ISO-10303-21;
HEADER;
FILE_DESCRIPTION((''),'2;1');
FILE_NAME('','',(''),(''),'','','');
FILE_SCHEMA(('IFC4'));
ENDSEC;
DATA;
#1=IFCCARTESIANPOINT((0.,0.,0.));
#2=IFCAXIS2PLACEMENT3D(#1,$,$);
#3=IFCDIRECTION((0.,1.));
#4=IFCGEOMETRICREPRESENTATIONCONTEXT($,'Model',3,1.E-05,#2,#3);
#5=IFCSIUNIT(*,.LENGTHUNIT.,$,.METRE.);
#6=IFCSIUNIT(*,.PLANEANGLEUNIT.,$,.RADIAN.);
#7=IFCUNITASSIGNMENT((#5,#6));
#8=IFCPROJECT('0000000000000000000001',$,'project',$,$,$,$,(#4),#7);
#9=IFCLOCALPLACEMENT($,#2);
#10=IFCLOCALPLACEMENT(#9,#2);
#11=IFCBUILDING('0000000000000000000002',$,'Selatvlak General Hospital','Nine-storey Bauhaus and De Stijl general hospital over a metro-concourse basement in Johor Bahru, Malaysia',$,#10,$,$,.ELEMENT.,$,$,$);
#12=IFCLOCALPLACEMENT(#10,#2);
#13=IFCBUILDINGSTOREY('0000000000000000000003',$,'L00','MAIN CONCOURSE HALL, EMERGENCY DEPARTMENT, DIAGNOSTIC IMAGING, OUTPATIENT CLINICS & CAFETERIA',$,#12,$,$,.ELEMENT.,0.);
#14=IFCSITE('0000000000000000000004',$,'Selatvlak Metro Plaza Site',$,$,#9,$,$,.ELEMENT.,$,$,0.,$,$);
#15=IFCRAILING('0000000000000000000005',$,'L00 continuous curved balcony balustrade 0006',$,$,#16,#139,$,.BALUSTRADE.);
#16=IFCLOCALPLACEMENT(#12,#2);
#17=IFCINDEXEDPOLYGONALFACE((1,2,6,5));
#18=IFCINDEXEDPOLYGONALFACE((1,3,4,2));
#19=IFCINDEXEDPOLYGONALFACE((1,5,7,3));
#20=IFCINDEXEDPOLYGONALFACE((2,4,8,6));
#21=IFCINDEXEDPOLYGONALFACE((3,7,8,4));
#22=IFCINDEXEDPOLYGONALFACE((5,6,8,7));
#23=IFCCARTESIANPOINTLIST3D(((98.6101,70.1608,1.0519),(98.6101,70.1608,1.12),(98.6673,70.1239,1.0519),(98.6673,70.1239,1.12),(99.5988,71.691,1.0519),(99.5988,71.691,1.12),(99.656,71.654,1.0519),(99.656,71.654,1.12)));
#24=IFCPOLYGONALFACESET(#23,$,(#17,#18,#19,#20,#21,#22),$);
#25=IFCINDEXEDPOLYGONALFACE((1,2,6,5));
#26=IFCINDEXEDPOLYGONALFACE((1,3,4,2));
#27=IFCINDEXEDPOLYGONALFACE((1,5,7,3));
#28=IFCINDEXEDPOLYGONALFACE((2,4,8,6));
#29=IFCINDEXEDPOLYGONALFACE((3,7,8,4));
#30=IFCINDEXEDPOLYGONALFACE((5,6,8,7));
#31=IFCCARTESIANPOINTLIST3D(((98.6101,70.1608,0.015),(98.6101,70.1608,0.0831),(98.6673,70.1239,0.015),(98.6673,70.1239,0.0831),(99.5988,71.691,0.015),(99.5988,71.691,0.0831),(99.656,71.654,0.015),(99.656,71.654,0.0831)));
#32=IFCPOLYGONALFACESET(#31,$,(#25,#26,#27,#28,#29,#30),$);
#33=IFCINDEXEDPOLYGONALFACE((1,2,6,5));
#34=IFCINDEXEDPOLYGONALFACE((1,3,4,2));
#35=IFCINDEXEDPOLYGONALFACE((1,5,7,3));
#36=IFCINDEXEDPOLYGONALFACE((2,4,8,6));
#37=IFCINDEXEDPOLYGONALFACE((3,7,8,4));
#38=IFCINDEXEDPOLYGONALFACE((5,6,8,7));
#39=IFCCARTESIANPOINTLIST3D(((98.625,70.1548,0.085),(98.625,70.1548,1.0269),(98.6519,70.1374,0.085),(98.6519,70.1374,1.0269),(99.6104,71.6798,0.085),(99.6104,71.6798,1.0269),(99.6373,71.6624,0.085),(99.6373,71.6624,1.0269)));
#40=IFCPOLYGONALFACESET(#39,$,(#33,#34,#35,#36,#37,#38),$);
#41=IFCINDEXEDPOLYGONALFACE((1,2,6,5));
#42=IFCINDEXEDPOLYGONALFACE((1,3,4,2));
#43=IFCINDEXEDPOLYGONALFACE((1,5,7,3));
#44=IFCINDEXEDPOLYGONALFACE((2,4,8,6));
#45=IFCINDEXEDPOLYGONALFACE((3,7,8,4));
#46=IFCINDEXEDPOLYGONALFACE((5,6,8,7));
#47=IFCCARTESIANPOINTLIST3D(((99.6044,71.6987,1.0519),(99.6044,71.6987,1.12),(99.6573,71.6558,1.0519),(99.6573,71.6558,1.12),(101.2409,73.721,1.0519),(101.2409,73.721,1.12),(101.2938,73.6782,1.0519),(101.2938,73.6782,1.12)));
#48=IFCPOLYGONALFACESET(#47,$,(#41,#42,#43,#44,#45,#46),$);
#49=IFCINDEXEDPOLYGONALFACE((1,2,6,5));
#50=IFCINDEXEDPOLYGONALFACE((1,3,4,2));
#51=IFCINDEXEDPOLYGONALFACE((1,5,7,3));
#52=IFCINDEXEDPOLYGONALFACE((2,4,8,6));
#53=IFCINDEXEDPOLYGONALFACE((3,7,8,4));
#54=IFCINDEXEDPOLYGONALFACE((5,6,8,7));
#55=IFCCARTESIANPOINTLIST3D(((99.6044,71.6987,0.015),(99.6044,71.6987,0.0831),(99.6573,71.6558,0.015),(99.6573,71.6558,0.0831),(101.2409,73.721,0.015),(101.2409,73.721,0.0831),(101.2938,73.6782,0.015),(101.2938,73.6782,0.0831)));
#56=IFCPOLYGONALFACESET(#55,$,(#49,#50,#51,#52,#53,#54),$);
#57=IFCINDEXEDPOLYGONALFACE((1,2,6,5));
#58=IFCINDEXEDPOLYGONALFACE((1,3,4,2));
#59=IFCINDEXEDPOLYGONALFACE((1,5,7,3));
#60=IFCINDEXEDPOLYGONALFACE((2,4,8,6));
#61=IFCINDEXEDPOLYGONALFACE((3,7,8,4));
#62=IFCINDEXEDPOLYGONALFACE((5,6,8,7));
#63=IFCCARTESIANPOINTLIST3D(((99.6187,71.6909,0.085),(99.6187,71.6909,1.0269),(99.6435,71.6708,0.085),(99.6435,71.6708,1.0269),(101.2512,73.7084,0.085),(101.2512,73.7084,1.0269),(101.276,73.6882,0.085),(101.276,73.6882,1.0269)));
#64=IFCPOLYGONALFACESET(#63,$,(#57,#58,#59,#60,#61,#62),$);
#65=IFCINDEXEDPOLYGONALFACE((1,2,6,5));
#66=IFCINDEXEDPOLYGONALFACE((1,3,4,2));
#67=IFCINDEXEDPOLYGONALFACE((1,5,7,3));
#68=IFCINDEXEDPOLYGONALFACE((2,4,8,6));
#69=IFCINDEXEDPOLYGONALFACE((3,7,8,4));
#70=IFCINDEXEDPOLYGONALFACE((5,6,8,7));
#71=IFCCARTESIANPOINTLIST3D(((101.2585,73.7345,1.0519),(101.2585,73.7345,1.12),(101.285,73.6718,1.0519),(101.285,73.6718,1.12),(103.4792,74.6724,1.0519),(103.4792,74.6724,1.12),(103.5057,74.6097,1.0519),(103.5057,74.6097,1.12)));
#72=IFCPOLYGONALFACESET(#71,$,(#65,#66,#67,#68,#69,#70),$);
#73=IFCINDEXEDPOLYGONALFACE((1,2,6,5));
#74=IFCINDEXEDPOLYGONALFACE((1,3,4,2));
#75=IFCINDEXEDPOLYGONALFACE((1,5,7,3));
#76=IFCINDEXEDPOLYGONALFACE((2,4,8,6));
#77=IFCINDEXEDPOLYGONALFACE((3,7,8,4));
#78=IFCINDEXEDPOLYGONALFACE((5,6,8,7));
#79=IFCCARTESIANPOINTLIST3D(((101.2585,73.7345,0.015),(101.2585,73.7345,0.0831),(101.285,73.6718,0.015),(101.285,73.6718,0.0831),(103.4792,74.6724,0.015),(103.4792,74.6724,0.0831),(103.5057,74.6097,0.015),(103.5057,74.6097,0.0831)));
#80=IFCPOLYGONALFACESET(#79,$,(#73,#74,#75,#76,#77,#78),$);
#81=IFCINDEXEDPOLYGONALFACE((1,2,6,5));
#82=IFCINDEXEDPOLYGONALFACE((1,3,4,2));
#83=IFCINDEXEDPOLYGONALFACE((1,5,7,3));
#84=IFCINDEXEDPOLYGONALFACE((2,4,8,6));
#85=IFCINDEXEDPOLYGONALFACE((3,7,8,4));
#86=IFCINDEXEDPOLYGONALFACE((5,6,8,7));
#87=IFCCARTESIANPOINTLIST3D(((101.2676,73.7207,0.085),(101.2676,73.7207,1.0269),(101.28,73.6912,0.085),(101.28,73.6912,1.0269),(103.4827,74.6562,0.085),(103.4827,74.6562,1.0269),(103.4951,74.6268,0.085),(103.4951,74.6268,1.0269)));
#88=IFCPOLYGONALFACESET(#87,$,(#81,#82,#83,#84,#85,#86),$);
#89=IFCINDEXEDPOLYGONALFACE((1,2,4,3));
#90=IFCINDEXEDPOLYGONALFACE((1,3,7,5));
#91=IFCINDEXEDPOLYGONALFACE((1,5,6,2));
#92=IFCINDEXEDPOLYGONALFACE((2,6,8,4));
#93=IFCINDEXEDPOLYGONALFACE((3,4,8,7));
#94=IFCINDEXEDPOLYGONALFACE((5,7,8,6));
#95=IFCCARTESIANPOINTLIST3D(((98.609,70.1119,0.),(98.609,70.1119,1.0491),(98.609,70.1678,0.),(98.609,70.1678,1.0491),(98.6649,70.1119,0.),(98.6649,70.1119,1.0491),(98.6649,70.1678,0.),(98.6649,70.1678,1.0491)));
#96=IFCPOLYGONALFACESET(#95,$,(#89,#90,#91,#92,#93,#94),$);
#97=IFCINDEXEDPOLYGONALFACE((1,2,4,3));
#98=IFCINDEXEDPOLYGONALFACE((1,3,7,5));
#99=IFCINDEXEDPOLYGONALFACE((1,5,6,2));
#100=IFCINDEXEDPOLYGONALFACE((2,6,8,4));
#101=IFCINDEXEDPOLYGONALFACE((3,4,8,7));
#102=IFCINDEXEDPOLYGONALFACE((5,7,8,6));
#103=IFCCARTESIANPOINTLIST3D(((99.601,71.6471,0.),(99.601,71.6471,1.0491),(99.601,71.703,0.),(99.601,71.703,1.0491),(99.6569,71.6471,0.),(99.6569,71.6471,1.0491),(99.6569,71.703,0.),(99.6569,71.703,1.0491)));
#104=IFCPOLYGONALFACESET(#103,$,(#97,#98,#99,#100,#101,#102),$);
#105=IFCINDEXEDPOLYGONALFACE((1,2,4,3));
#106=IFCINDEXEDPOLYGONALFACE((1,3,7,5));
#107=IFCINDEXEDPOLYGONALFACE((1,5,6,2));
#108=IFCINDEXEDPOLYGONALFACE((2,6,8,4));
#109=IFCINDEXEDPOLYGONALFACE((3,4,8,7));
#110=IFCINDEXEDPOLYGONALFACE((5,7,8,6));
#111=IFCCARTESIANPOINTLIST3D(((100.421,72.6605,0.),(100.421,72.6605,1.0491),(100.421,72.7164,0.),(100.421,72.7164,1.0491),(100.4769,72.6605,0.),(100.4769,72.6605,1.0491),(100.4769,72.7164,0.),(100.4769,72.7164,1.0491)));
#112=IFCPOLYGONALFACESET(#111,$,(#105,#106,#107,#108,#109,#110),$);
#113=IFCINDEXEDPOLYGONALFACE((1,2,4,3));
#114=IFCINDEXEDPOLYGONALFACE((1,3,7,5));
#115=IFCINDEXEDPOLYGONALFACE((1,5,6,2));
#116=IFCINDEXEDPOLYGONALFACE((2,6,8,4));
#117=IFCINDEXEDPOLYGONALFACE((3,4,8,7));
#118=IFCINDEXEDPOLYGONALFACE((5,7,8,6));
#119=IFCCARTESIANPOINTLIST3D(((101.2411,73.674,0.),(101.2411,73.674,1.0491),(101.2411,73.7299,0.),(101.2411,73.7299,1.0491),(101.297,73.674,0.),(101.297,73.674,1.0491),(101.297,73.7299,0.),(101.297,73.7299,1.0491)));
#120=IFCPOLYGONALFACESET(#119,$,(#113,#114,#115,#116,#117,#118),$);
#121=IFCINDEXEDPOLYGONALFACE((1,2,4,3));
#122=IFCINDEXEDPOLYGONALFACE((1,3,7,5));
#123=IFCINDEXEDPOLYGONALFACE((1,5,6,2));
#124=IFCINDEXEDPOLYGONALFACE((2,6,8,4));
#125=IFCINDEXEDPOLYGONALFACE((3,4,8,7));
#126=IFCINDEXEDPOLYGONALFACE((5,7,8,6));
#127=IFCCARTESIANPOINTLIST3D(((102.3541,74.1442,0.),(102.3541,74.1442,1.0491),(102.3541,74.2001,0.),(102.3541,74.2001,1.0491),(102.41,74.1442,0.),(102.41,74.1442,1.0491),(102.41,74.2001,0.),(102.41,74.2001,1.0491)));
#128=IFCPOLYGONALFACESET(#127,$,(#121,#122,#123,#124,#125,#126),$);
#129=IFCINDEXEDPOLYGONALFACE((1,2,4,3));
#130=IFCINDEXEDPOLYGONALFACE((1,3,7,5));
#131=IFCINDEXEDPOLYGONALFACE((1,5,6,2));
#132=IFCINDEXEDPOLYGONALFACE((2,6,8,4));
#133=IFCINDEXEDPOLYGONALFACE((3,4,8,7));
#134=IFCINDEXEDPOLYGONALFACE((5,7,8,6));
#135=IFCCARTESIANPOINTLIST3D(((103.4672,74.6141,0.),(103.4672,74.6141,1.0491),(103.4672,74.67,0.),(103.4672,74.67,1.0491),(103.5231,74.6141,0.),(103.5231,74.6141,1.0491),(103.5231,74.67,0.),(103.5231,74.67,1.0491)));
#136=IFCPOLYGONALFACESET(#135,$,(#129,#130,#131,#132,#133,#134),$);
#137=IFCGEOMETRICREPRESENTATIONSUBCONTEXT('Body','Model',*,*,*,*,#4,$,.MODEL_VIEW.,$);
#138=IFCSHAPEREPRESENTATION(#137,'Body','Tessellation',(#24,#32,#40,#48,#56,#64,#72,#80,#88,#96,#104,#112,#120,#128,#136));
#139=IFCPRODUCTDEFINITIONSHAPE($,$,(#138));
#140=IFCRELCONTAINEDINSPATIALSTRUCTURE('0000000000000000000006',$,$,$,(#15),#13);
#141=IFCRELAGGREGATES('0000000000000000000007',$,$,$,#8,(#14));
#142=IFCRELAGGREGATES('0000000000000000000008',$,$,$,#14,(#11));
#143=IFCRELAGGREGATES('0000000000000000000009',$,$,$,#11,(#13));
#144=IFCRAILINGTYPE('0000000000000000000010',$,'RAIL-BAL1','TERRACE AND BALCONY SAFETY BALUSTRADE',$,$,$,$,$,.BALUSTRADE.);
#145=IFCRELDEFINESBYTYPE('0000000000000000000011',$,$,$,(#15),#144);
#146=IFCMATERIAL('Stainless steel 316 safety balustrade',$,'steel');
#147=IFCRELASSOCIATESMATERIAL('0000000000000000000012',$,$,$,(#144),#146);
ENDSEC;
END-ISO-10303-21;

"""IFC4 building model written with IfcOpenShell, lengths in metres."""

from ifc_helpers import new_model, si_unit, direction, frame, origin, origin_2d, place, context, subcontext, project, spatial, polyline, rectangle, outline, extrude, material, type_object, element, save


model = new_model("IFC4")

# Units and contexts
model_context = context("Model", 3, precision=1e-05, world=origin(), true_north=direction((0.0, 1.0)))
body_context = subcontext(model_context, "Body", "Model", "MODEL_VIEW")
ifc_project = project(units=[si_unit("LENGTHUNIT", "METRE"), si_unit("PLANEANGLEUNIT", "RADIAN")], contexts=[model_context])

# Site, building, storey
site_placement = place(None, origin())
site = spatial("IfcSite", under=ifc_project, at=site_placement, Name="Selatvlak Metro Plaza Site", CompositionType="ELEMENT", RefElevation=0.0)
building_placement = place(site_placement, origin())
building = spatial("IfcBuilding", under=site, at=building_placement, Name="Selatvlak General Hospital", Description="Nine-storey Bauhaus and De Stijl general hospital over a metro-concourse basement in Johor Bahru, Malaysia", CompositionType="ELEMENT")
storey_placement = place(building_placement, origin())
storey = spatial("IfcBuildingStorey", under=building, at=storey_placement, Name="L00", Description="MAIN CONCOURSE HALL, EMERGENCY DEPARTMENT, DIAGNOSTIC IMAGING, OUTPATIENT CLINICS & CAFETERIA", CompositionType="ELEMENT", Elevation=0.0)

# Railing
ifc_material_1 = material(Name="Stainless steel 316 safety balustrade", Category="steel")
railing_type = type_object("IfcRailingType", Name="RAIL-BAL1", Description="TERRACE AND BALCONY SAFETY BALUSTRADE", PredefinedType="BALUSTRADE", material=ifc_material_1)
railing_placement = place(storey_placement, frame((98.637, 70.1399, 0.0)))
element("IfcRailing", 1, at=railing_placement, inside=storey, type_object=railing_type, Name="L00 continuous curved balcony balustrade 0006", PredefinedType="BALUSTRADE", context=body_context, shape_type="SweptSolid", body=[
    extrude(rectangle(XDim=0.0681, YDim=0.0681, at=origin_2d()), frame((0.0017, 0.0024, 1.0859), z_axis=(0.542714, 0.839918, 0.0), x_axis=(-0.839918, 0.542714, 0.0)), (0.0, 0.0, 1.0), 1.8218),
    extrude(rectangle(XDim=0.0681, YDim=0.0681, at=origin_2d()), frame((0.0017, 0.0024, 0.0491), z_axis=(0.542714, 0.839918, 0.0), x_axis=(-0.839918, 0.542714, 0.0)), (0.0, 0.0, 1.0), 1.8218),
    extrude(outline(polyline([(0.0, 0.0), (1.8157, 0.0), (1.8157, 0.9419), (0.0, 0.9419), (0.0, 0.0)])), frame((-0.012, 0.0149, 0.085), z_axis=(0.839918, -0.542714, 0.0), x_axis=(0.542714, 0.839918, 0.0)), (0.0, 0.0, 1.0), 0.032),
    extrude(rectangle(XDim=0.0681, YDim=0.0681, at=origin_2d()), frame((0.9939, 1.5374, 1.0859), z_axis=(0.629047, 0.777367, 0.0), x_axis=(-0.777367, 0.629047, 0.0)), (0.0, 0.0, 1.0), 2.6016),
    extrude(rectangle(XDim=0.0681, YDim=0.0681, at=origin_2d()), frame((0.9939, 1.5374, 0.0491), z_axis=(0.629047, 0.777367, 0.0), x_axis=(-0.777367, 0.629047, 0.0)), (0.0, 0.0, 1.0), 2.6016),
    extrude(outline(polyline([(0.0, 0.0), (2.5952, 0.0), (2.5952, 0.9419), (0.0, 0.9419), (0.0, 0.0)])), frame((0.9817, 1.551, 0.085), z_axis=(0.777367, -0.629047, 0.0), x_axis=(0.629047, 0.777367, 0.0)), (0.0, 0.0, 1.0), 0.032),
    extrude(rectangle(XDim=0.0681, YDim=0.0681, at=origin_2d()), frame((2.6348, 3.5632, 1.0859), z_axis=(0.921207, 0.389073, 0.0), x_axis=(-0.389073, 0.921207, 0.0)), (0.0, 0.0, 1.0), 2.4106),
    extrude(rectangle(XDim=0.0681, YDim=0.0681, at=origin_2d()), frame((2.6348, 3.5632, 0.0491), z_axis=(0.921207, 0.389073, 0.0), x_axis=(-0.389073, 0.921207, 0.0)), (0.0, 0.0, 1.0), 2.4106),
    extrude(outline(polyline([(0.0, 0.0), (2.4045, 0.0), (2.4045, 0.9419), (0.0, 0.9419), (0.0, 0.0)])), frame((2.6306, 3.5808, 0.085), z_axis=(0.389073, -0.921207, 0.0), x_axis=(0.921207, 0.389073, 0.0)), (0.0, 0.0, 1.0), 0.032),
    extrude(rectangle(XDim=0.0559, YDim=0.0559, at=origin_2d()), origin(), (0.0, 0.0, 1.0), 1.0491),
    extrude(rectangle(XDim=0.0559, YDim=0.0559, at=origin_2d()), frame((0.9919, 1.5352, 0.0)), (0.0, 0.0, 1.0), 1.0491),
    extrude(rectangle(XDim=0.0559, YDim=0.0559, at=origin_2d()), frame((1.812, 2.5486, 0.0)), (0.0, 0.0, 1.0), 1.0491),
    extrude(rectangle(XDim=0.0559, YDim=0.0559, at=origin_2d()), frame((2.6321, 3.562, 0.0)), (0.0, 0.0, 1.0), 1.0491),
    extrude(rectangle(XDim=0.0559, YDim=0.0559, at=origin_2d()), frame((3.7451, 4.0322, 0.0)), (0.0, 0.0, 1.0), 1.0491),
    extrude(rectangle(XDim=0.0559, YDim=0.0559, at=origin_2d()), frame((4.8582, 4.5022, 0.0)), (0.0, 0.0, 1.0), 1.0491),
])

save(model, "model.ifc")
